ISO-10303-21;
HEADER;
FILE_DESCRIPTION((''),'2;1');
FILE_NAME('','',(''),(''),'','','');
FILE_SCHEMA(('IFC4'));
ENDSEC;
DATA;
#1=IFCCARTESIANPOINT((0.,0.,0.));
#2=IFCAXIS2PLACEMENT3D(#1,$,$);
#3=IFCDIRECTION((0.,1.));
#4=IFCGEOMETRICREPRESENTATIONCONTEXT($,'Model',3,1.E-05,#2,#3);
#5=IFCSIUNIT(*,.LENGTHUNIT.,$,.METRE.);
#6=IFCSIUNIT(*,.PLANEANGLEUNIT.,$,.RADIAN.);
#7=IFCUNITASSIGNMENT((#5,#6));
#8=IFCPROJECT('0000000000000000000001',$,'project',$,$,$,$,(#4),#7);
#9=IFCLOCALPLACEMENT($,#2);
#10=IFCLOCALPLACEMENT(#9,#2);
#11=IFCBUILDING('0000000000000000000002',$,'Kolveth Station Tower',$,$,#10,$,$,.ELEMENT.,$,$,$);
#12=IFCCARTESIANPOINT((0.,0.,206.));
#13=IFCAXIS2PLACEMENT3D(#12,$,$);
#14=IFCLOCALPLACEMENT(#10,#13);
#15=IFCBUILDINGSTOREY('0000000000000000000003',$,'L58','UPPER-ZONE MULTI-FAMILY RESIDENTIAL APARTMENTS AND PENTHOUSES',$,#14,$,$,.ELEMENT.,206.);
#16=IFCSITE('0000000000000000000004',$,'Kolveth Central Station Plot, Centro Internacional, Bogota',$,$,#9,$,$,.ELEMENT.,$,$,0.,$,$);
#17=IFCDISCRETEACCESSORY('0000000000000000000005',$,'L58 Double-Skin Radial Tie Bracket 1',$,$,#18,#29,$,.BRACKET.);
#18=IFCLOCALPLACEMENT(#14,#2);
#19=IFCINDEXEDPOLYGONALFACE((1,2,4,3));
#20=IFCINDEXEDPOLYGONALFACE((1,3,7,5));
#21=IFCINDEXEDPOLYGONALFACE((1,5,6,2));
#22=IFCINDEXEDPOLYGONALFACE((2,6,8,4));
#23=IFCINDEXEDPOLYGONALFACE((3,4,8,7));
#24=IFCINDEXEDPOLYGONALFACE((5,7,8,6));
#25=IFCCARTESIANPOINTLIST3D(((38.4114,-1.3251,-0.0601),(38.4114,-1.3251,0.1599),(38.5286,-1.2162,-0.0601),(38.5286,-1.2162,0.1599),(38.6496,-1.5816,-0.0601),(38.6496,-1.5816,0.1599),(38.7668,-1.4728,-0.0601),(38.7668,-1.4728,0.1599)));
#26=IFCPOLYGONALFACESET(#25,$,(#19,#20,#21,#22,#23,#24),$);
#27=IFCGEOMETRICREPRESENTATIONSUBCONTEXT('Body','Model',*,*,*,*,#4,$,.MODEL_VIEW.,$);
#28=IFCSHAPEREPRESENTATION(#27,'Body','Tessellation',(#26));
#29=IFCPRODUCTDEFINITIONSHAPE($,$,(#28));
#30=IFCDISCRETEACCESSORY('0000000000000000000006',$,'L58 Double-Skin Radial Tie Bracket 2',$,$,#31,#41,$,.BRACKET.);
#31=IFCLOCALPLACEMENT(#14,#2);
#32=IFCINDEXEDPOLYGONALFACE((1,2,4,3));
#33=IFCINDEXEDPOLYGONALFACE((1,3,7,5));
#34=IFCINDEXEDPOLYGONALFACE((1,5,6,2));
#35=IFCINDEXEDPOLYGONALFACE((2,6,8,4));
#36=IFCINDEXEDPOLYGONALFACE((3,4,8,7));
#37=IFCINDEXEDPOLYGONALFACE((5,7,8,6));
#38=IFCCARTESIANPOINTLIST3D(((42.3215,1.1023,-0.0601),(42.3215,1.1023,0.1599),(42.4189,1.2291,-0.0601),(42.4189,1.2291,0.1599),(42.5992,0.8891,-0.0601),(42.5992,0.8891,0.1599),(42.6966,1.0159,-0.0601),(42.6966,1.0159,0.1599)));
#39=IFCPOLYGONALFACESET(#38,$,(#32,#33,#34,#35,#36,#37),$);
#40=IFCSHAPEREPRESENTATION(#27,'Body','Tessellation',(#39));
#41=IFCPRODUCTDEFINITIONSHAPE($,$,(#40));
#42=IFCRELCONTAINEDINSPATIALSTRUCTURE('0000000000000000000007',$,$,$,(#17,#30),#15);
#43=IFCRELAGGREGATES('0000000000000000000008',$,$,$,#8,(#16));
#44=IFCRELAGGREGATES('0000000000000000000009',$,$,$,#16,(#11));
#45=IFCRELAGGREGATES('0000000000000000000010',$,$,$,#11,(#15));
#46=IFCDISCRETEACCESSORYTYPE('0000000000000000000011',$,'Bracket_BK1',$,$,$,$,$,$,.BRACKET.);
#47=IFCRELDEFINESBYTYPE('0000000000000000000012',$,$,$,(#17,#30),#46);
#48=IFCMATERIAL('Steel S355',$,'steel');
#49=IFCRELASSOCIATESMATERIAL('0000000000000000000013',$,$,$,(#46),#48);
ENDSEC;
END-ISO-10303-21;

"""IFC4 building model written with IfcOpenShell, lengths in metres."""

from ifc_helpers import new_model, si_unit, direction, frame, origin, origin_2d, place, context, subcontext, project, spatial, rectangle, extrude, source, transform, mapped, material, type_object, element, save


model = new_model("IFC4")

# Units and contexts
model_context = context("Model", 3, precision=1e-05, world=origin(), true_north=direction((0.0, 1.0)))
body_context = subcontext(model_context, "Body", "Model", "MODEL_VIEW")
ifc_project = project(units=[si_unit("LENGTHUNIT", "METRE"), si_unit("PLANEANGLEUNIT", "RADIAN")], contexts=[model_context])

# Site, building, storey
site_placement = place(None, origin())
site = spatial("IfcSite", under=ifc_project, at=site_placement, Name="Kolveth Central Station Plot, Centro Internacional, Bogota", CompositionType="ELEMENT", RefElevation=0.0)
building_placement = place(site_placement, origin())
building = spatial("IfcBuilding", under=site, at=building_placement, Name="Kolveth Station Tower", CompositionType="ELEMENT")
storey_placement = place(building_placement, frame((0.0, 0.0, 206.0)))
storey = spatial("IfcBuildingStorey", under=building, at=storey_placement, Name="L58", Description="UPPER-ZONE MULTI-FAMILY RESIDENTIAL APARTMENTS AND PENTHOUSES", CompositionType="ELEMENT", Elevation=206.0)

# Discrete accessories
ifc_material_1 = material(Name="Steel S355", Category="steel")
discrete_accessory_type = type_object("IfcDiscreteAccessoryType", Name="Bracket_BK1", PredefinedType="BRACKET", material=ifc_material_1)
shared_shape_1 = source(origin(), body_context, "Body", "SweptSolid", [
    extrude(rectangle(XDim=0.3501, YDim=0.1599, at=origin_2d()), origin(), (0.0, 0.0, 1.0), 0.22),
])
for number, where, z_axis, x_axis, name in (
    (1, (38.5891, -1.3989, -0.0601), (0.0, 0.0, 1.0), (0.680465, -0.73278, 0.0), "L58 Double-Skin Radial Tie Bracket 1"),
    (2, (42.509, 1.0591, -0.0601), (0.0, 0.0, 1.0), (0.793141, -0.609038, 0.0), "L58 Double-Skin Radial Tie Bracket 2"),
):
    element("IfcDiscreteAccessory", number, at=place(storey_placement, frame(where, z_axis=z_axis, x_axis=x_axis)), inside=storey, type_object=discrete_accessory_type, Name=name, PredefinedType="BRACKET", context=body_context, shape_type="MappedRepresentation", body=[
        mapped(shared_shape_1, transform((0.0, 0.0, 0.0), x_axis=(1.0, 0.0, 0.0), y_axis=(0.0, 1.0, 0.0), z_axis=(0.0, 0.0, 1.0), scale=1.0)),
    ])

save(model, "model.ifc")
